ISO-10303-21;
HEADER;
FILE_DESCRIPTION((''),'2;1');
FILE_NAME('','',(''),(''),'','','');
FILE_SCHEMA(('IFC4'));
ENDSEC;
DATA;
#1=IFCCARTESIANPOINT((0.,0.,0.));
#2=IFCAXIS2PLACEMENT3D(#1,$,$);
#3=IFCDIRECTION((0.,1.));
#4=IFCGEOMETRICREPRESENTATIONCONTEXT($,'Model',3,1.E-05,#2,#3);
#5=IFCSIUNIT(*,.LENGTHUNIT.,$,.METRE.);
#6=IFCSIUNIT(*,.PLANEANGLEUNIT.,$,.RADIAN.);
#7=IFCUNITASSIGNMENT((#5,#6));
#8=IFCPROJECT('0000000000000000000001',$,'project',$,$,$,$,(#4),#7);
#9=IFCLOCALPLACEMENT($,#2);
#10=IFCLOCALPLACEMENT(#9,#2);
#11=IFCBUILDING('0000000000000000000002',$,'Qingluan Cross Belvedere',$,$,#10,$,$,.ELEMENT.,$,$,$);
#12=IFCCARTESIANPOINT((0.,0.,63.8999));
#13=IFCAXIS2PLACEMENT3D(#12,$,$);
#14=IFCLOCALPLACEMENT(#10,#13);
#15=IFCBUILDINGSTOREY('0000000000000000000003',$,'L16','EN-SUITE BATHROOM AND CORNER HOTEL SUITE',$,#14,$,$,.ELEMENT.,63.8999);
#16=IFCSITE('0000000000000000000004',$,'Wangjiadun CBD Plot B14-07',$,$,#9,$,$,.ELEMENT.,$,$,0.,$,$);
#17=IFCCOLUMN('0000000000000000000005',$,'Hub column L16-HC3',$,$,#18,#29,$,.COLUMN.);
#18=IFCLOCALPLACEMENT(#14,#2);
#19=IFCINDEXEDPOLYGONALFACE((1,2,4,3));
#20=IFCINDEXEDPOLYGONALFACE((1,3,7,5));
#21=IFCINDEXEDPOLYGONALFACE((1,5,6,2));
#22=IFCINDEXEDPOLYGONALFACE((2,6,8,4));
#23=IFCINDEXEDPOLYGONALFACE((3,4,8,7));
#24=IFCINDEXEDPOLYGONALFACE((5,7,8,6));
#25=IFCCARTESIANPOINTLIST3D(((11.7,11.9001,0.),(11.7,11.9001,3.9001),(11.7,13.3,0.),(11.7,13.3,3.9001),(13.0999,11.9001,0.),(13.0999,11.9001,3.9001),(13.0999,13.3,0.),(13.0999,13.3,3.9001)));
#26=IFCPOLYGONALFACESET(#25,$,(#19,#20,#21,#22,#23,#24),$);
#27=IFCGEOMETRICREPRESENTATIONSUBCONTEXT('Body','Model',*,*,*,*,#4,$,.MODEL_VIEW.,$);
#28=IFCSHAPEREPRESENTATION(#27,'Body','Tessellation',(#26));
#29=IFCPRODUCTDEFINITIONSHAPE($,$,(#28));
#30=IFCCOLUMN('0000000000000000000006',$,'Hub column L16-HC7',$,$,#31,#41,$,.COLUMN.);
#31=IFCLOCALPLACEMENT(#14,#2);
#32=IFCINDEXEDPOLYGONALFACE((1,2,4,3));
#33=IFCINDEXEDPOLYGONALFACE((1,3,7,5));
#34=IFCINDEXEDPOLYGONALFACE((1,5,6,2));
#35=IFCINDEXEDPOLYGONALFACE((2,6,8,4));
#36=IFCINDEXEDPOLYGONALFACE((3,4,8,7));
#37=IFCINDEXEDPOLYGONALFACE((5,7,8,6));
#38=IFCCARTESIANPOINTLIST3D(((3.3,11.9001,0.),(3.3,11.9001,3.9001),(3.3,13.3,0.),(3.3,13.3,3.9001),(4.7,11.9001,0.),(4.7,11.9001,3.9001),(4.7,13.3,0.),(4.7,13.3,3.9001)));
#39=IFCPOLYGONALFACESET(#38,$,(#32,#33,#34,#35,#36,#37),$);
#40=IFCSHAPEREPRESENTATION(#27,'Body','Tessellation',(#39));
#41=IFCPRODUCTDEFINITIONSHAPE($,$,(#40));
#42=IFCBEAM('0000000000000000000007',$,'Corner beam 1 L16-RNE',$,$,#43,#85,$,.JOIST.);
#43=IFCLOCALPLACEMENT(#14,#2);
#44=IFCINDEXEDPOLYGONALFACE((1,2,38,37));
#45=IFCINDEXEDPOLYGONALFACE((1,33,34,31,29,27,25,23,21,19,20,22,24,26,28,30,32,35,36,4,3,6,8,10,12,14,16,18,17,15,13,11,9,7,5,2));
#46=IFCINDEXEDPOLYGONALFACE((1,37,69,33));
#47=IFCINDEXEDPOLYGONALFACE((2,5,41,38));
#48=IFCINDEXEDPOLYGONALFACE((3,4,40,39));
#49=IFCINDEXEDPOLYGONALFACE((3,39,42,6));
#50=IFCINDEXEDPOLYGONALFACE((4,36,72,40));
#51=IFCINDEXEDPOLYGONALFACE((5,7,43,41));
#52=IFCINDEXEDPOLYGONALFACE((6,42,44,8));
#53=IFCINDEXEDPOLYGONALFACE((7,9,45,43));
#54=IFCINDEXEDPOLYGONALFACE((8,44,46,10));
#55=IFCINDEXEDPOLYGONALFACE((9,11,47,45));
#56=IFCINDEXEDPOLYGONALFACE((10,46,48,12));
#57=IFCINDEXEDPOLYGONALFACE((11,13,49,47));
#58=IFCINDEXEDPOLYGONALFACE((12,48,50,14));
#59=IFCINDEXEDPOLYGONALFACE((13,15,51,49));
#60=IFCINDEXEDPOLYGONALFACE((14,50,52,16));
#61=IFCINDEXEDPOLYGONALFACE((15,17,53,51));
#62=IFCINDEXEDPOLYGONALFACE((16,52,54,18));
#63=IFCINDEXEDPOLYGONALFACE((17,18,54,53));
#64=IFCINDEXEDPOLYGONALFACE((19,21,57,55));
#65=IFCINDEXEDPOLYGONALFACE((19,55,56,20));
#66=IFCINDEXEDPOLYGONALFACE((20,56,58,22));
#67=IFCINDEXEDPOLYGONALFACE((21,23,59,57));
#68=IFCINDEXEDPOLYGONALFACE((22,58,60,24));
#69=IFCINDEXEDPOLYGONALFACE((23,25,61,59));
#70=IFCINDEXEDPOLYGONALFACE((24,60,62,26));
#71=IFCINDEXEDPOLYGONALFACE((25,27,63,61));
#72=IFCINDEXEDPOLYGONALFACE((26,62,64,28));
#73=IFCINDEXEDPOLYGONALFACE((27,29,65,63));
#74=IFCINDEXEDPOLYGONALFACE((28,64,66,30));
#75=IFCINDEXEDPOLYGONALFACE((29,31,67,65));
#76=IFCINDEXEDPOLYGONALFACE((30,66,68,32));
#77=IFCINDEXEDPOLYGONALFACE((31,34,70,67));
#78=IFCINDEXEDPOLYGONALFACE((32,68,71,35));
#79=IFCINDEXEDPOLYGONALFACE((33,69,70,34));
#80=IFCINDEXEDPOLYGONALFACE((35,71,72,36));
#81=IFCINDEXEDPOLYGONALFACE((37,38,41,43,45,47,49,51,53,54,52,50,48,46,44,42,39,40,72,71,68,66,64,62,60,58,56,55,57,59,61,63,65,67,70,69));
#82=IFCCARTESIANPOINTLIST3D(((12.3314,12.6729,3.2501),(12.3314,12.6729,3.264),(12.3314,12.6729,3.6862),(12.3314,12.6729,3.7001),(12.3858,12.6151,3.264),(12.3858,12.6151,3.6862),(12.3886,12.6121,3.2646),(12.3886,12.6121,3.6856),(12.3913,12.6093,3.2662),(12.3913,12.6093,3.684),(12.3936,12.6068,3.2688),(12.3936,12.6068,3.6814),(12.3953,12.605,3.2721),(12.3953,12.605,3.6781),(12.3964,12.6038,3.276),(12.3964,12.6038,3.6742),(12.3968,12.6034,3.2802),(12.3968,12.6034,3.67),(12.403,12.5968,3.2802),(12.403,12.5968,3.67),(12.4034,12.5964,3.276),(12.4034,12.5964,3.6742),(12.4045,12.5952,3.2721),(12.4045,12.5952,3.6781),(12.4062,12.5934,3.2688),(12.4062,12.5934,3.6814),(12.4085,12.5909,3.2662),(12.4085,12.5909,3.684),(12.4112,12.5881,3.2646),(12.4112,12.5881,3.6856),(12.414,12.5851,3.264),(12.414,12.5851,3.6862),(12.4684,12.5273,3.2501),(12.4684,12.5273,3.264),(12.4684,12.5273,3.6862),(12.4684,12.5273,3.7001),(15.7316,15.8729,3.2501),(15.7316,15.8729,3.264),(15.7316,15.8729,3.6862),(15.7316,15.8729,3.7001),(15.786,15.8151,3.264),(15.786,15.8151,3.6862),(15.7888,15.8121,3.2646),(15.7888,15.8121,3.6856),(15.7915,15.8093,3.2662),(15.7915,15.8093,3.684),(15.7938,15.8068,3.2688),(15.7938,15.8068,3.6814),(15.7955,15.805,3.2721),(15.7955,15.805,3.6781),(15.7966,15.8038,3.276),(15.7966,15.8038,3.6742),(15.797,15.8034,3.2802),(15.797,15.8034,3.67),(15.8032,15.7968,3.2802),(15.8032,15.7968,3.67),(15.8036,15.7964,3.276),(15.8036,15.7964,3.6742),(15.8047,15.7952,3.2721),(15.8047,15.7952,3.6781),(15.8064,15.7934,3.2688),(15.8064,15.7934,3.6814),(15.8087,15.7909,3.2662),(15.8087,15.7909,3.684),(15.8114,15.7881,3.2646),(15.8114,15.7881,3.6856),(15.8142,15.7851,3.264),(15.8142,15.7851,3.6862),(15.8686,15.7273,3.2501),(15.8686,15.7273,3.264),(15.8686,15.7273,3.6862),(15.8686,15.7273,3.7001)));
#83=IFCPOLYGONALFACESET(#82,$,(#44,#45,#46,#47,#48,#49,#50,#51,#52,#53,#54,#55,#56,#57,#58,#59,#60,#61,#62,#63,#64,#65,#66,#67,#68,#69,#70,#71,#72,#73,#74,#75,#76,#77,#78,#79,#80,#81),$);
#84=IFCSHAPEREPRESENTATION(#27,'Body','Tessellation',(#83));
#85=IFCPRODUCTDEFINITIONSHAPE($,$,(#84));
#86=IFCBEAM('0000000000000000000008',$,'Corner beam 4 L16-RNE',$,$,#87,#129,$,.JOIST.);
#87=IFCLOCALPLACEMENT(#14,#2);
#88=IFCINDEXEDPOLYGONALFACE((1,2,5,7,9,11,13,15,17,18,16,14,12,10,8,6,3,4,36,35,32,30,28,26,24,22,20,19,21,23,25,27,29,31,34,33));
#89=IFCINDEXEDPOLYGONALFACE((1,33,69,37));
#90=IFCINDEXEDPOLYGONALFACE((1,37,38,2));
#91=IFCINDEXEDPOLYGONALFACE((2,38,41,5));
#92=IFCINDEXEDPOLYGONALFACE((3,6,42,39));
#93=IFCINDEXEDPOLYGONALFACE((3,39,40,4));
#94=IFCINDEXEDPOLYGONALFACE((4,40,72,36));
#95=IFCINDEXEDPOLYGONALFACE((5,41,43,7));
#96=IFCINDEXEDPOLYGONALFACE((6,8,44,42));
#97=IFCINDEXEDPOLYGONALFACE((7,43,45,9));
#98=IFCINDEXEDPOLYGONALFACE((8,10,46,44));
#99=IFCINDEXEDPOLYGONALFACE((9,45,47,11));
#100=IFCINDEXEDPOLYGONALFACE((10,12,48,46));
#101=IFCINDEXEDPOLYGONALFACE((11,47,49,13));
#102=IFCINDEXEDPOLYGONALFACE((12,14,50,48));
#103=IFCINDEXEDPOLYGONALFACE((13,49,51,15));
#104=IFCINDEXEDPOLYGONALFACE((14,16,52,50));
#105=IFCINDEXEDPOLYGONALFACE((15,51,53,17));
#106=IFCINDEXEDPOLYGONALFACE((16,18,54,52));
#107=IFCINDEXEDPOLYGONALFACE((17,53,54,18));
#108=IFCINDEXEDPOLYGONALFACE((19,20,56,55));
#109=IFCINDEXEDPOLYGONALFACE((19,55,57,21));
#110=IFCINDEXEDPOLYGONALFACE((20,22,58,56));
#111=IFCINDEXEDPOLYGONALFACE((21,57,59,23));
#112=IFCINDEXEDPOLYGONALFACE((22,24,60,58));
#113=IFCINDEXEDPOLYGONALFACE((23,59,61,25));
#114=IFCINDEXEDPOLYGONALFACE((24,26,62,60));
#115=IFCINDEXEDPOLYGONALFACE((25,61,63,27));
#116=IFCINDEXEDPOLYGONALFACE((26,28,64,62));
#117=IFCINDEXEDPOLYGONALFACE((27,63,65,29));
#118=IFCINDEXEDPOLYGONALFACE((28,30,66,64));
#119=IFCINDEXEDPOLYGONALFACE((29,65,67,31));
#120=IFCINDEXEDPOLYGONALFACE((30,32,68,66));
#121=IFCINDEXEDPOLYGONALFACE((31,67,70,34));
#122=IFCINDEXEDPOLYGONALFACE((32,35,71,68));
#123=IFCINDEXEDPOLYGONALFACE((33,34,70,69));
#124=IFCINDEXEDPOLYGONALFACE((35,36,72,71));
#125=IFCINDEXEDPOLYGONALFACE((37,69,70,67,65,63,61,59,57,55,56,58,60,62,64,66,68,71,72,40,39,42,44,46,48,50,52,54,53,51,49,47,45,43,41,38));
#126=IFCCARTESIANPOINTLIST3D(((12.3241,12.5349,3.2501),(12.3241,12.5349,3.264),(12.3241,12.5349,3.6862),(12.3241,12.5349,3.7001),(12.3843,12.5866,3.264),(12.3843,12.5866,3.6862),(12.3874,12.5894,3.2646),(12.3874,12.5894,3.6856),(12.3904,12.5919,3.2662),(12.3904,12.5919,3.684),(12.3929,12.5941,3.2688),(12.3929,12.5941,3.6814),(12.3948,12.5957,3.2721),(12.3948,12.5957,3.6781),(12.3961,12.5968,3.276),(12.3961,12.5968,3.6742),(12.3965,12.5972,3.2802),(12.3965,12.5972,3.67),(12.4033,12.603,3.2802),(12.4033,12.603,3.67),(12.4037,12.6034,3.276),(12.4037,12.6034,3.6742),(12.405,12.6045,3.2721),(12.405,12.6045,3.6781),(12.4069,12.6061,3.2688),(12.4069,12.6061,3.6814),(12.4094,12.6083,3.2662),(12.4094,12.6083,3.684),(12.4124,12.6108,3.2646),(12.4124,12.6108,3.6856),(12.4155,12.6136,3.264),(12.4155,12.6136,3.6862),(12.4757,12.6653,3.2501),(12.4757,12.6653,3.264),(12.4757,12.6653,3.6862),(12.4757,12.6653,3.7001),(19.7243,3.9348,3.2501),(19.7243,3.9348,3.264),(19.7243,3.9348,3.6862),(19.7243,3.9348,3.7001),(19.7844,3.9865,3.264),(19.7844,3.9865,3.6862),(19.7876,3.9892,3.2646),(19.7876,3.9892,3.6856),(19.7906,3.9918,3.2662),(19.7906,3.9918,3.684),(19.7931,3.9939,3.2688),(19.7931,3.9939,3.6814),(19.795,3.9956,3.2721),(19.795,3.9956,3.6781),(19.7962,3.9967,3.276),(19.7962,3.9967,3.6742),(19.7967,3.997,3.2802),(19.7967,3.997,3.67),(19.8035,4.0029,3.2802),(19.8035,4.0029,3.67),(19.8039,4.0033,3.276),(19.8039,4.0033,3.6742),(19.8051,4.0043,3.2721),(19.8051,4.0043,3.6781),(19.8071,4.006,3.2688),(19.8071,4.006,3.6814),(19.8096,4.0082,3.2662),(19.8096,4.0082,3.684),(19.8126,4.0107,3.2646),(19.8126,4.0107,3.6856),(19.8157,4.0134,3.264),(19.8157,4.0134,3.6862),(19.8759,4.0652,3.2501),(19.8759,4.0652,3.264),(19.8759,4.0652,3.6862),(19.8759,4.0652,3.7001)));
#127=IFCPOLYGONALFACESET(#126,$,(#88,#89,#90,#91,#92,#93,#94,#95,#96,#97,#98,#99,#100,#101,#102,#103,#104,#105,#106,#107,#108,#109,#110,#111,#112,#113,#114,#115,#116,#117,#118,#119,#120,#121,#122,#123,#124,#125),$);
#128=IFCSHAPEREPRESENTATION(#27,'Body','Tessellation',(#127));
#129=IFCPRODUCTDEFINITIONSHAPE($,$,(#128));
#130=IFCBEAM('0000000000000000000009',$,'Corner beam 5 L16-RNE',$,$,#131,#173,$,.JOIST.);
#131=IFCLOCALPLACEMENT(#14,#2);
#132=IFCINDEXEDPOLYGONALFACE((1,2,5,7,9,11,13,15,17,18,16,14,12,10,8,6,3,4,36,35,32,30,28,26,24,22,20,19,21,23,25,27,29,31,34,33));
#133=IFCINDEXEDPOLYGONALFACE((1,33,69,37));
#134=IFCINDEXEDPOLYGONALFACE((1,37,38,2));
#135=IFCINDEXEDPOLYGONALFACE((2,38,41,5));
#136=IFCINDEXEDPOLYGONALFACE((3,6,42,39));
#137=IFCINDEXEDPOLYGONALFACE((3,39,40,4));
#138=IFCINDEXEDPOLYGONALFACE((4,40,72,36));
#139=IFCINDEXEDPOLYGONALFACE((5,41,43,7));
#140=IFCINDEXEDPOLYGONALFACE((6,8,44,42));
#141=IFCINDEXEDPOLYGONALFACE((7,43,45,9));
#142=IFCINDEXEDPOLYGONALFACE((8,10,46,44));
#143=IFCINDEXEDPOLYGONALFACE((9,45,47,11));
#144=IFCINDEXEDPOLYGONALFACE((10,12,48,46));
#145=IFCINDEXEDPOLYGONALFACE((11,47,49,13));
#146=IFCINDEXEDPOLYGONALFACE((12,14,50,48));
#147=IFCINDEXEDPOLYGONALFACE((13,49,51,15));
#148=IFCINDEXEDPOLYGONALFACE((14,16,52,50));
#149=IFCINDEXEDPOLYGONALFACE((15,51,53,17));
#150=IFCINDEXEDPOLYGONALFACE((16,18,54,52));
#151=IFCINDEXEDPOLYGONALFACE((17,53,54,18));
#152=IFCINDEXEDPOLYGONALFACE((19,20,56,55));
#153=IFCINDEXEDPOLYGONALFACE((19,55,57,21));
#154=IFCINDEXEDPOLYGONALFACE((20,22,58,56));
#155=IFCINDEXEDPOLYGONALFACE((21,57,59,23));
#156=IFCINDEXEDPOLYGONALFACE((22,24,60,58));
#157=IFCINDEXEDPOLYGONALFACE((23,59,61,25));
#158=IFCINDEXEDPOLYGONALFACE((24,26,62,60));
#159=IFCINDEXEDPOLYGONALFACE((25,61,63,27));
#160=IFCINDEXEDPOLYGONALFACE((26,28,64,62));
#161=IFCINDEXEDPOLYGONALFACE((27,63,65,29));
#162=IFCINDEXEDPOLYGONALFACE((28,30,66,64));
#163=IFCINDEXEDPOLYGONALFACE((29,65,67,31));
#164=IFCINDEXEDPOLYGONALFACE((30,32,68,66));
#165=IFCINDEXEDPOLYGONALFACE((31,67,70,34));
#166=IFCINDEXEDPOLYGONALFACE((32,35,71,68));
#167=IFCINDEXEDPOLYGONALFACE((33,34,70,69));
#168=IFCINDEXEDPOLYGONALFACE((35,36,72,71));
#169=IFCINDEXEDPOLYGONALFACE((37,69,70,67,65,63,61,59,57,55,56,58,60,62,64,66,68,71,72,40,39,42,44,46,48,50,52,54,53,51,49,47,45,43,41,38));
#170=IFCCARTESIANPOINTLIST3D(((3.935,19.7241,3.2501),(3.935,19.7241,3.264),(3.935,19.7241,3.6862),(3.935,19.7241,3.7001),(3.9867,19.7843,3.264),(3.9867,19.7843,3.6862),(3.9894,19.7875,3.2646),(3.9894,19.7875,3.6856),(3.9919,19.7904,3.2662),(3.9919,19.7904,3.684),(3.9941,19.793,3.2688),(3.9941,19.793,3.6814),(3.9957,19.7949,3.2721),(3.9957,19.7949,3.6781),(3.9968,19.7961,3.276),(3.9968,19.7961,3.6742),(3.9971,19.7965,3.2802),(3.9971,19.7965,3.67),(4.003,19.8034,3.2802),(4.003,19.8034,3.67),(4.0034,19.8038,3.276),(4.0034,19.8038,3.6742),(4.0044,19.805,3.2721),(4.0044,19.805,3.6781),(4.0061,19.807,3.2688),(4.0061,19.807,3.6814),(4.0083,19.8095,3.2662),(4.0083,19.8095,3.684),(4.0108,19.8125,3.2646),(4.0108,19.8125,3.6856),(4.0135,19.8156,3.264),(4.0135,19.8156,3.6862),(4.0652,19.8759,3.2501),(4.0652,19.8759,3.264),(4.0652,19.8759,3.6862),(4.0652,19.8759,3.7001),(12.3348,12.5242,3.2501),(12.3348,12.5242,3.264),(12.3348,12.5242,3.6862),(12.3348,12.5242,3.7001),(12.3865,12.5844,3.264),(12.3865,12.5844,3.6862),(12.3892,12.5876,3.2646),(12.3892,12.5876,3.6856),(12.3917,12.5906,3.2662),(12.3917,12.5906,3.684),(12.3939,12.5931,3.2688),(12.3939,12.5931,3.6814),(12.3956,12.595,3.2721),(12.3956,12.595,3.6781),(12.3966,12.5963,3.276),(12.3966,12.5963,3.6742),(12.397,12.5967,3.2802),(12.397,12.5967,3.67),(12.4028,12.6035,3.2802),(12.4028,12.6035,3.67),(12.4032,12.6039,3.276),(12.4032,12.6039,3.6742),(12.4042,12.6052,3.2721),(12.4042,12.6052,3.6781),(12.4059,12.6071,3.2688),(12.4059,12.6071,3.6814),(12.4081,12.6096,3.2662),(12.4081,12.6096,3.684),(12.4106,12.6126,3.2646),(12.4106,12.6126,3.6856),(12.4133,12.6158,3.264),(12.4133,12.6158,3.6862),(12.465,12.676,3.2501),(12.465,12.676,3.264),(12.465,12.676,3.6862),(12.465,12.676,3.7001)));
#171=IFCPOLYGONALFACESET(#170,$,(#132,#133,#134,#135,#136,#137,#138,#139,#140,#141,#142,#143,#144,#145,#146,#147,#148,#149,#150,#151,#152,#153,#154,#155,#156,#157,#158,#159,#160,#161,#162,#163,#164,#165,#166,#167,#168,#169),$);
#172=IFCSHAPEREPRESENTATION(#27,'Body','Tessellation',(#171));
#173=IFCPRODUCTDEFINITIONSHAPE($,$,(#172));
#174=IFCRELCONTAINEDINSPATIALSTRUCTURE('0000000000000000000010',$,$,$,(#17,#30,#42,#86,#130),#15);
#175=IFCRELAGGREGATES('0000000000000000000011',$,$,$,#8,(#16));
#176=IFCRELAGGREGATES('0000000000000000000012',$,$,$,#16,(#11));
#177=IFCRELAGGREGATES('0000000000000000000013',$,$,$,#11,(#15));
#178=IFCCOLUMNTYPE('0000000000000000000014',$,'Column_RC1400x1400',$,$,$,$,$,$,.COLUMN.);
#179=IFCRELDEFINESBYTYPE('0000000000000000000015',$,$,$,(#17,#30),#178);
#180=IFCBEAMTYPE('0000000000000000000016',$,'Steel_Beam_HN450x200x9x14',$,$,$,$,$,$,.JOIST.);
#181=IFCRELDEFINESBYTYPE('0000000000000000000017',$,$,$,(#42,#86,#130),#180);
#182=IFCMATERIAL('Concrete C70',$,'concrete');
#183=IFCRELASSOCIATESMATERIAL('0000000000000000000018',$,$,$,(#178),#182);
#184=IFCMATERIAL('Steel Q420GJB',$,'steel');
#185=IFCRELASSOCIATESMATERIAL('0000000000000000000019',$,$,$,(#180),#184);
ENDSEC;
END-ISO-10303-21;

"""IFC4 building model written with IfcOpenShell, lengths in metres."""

from ifc_helpers import new_model, si_unit, direction, frame, origin, origin_2d, place, context, subcontext, project, spatial, rectangle, i_section, extrude, material, material_profile, profile_set, type_object, element, save


model = new_model("IFC4")

# Units and contexts
model_context = context("Model", 3, precision=1e-05, world=origin(), true_north=direction((0.0, 1.0)))
body_context = subcontext(model_context, "Body", "Model", "MODEL_VIEW")
ifc_project = project(units=[si_unit("LENGTHUNIT", "METRE"), si_unit("PLANEANGLEUNIT", "RADIAN")], contexts=[model_context])

# Site, building, storey
site_placement = place(None, origin())
site = spatial("IfcSite", under=ifc_project, at=site_placement, Name="Wangjiadun CBD Plot B14-07", CompositionType="ELEMENT", RefElevation=0.0)
building_placement = place(site_placement, origin())
building = spatial("IfcBuilding", under=site, at=building_placement, Name="Qingluan Cross Belvedere", CompositionType="ELEMENT")
storey_placement = place(building_placement, frame((0.0, 0.0, 63.8999)))
storey = spatial("IfcBuildingStorey", under=building, at=storey_placement, Name="L16", Description="EN-SUITE BATHROOM AND CORNER HOTEL SUITE", CompositionType="ELEMENT", Elevation=63.8999)

# Columns
ifc_material_1 = material(Name="Concrete C70", Category="concrete")
ifc_material_profile_1 = material_profile(ifc_material_1, rectangle(XDim=1.3999, YDim=1.3999, at=origin_2d()), Name="RC1400x1400")
ifc_profile_set_1 = profile_set([ifc_material_profile_1], Name="Concrete C70")
column_type = type_object("IfcColumnType", Name="Column_RC1400x1400", PredefinedType="COLUMN", material=ifc_profile_set_1)
for number, where, z_axis, x_axis, name in (
    (1, (12.3999, 12.6001, 0.0), (0.0, 0.0, 1.0), (1.0, 0.0, 0.0), "Hub column L16-HC3"),
    (2, (4.0, 12.6001, 0.0), (0.0, 0.0, 1.0), (1.0, 0.0, 0.0), "Hub column L16-HC7"),
):
    element("IfcColumn", number, at=place(storey_placement, frame(where, z_axis=z_axis, x_axis=x_axis)), inside=storey, type_object=column_type, Name=name, PredefinedType="COLUMN", context=body_context, shape_type="SweptSolid", body=[
        extrude(rectangle(XDim=1.3999, YDim=1.3999, at=origin_2d()), origin(), (0.0, 0.0, 1.0), 3.9001),
    ])

# Beams
ifc_material_2 = material(Name="Steel Q420GJB", Category="steel")
ifc_material_profile_2 = material_profile(ifc_material_2, i_section(OverallWidth=0.2, OverallDepth=0.45, WebThickness=0.009, FlangeThickness=0.0139, FilletRadius=0.0161, at=origin_2d()), Name="HN450x200x9x14")
ifc_profile_set_2 = profile_set([ifc_material_profile_2], Name="Steel Q420GJB")
beam_type_1 = type_object("IfcBeamType", Name="Steel_Beam_HN450x200x9x14", PredefinedType="JOIST", material=ifc_profile_set_2)
beam_1_placement = place(storey_placement, frame((12.3999, 12.6001, 3.4751), z_axis=(0.72822, 0.685343, 0.0), x_axis=(-0.685343, 0.72822, 0.0)))
element("IfcBeam", 3, at=beam_1_placement, inside=storey, type_object=beam_type_1, Name="Corner beam 1 L16-RNE", PredefinedType="JOIST", context=body_context, shape_type="SweptSolid", body=[
    extrude(i_section(OverallWidth=0.2, OverallDepth=0.45, WebThickness=0.009, FlangeThickness=0.0139, FilletRadius=0.0161, at=origin_2d()), origin(), (0.0, 0.0, 1.0), 4.6692),
])
beam_2_placement = place(storey_placement, frame((12.3999, 12.6001, 3.4751), z_axis=(0.652245, -0.758008, 0.0), x_axis=(0.758008, 0.652245, 0.0)))
element("IfcBeam", 4, at=beam_2_placement, inside=storey, type_object=beam_type_1, Name="Corner beam 4 L16-RNE", PredefinedType="JOIST", context=body_context, shape_type="SweptSolid", body=[
    extrude(i_section(OverallWidth=0.2, OverallDepth=0.45, WebThickness=0.009, FlangeThickness=0.0139, FilletRadius=0.0161, at=origin_2d()), origin(), (0.0, 0.0, 1.0), 11.3457),
])
beam_3_placement = place(storey_placement, frame((12.3999, 12.6001, 3.4751), z_axis=(-0.759255, 0.650793, 0.0), x_axis=(-0.650793, -0.759255, 0.0)))
element("IfcBeam", 5, at=beam_3_placement, inside=storey, type_object=beam_type_1, Name="Corner beam 5 L16-RNE", PredefinedType="JOIST", context=body_context, shape_type="SweptSolid", body=[
    extrude(i_section(OverallWidth=0.2, OverallDepth=0.45, WebThickness=0.009, FlangeThickness=0.0139, FilletRadius=0.0161, at=origin_2d()), origin(), (0.0, 0.0, 1.0), 11.0632),
])

save(model, "model.ifc")
